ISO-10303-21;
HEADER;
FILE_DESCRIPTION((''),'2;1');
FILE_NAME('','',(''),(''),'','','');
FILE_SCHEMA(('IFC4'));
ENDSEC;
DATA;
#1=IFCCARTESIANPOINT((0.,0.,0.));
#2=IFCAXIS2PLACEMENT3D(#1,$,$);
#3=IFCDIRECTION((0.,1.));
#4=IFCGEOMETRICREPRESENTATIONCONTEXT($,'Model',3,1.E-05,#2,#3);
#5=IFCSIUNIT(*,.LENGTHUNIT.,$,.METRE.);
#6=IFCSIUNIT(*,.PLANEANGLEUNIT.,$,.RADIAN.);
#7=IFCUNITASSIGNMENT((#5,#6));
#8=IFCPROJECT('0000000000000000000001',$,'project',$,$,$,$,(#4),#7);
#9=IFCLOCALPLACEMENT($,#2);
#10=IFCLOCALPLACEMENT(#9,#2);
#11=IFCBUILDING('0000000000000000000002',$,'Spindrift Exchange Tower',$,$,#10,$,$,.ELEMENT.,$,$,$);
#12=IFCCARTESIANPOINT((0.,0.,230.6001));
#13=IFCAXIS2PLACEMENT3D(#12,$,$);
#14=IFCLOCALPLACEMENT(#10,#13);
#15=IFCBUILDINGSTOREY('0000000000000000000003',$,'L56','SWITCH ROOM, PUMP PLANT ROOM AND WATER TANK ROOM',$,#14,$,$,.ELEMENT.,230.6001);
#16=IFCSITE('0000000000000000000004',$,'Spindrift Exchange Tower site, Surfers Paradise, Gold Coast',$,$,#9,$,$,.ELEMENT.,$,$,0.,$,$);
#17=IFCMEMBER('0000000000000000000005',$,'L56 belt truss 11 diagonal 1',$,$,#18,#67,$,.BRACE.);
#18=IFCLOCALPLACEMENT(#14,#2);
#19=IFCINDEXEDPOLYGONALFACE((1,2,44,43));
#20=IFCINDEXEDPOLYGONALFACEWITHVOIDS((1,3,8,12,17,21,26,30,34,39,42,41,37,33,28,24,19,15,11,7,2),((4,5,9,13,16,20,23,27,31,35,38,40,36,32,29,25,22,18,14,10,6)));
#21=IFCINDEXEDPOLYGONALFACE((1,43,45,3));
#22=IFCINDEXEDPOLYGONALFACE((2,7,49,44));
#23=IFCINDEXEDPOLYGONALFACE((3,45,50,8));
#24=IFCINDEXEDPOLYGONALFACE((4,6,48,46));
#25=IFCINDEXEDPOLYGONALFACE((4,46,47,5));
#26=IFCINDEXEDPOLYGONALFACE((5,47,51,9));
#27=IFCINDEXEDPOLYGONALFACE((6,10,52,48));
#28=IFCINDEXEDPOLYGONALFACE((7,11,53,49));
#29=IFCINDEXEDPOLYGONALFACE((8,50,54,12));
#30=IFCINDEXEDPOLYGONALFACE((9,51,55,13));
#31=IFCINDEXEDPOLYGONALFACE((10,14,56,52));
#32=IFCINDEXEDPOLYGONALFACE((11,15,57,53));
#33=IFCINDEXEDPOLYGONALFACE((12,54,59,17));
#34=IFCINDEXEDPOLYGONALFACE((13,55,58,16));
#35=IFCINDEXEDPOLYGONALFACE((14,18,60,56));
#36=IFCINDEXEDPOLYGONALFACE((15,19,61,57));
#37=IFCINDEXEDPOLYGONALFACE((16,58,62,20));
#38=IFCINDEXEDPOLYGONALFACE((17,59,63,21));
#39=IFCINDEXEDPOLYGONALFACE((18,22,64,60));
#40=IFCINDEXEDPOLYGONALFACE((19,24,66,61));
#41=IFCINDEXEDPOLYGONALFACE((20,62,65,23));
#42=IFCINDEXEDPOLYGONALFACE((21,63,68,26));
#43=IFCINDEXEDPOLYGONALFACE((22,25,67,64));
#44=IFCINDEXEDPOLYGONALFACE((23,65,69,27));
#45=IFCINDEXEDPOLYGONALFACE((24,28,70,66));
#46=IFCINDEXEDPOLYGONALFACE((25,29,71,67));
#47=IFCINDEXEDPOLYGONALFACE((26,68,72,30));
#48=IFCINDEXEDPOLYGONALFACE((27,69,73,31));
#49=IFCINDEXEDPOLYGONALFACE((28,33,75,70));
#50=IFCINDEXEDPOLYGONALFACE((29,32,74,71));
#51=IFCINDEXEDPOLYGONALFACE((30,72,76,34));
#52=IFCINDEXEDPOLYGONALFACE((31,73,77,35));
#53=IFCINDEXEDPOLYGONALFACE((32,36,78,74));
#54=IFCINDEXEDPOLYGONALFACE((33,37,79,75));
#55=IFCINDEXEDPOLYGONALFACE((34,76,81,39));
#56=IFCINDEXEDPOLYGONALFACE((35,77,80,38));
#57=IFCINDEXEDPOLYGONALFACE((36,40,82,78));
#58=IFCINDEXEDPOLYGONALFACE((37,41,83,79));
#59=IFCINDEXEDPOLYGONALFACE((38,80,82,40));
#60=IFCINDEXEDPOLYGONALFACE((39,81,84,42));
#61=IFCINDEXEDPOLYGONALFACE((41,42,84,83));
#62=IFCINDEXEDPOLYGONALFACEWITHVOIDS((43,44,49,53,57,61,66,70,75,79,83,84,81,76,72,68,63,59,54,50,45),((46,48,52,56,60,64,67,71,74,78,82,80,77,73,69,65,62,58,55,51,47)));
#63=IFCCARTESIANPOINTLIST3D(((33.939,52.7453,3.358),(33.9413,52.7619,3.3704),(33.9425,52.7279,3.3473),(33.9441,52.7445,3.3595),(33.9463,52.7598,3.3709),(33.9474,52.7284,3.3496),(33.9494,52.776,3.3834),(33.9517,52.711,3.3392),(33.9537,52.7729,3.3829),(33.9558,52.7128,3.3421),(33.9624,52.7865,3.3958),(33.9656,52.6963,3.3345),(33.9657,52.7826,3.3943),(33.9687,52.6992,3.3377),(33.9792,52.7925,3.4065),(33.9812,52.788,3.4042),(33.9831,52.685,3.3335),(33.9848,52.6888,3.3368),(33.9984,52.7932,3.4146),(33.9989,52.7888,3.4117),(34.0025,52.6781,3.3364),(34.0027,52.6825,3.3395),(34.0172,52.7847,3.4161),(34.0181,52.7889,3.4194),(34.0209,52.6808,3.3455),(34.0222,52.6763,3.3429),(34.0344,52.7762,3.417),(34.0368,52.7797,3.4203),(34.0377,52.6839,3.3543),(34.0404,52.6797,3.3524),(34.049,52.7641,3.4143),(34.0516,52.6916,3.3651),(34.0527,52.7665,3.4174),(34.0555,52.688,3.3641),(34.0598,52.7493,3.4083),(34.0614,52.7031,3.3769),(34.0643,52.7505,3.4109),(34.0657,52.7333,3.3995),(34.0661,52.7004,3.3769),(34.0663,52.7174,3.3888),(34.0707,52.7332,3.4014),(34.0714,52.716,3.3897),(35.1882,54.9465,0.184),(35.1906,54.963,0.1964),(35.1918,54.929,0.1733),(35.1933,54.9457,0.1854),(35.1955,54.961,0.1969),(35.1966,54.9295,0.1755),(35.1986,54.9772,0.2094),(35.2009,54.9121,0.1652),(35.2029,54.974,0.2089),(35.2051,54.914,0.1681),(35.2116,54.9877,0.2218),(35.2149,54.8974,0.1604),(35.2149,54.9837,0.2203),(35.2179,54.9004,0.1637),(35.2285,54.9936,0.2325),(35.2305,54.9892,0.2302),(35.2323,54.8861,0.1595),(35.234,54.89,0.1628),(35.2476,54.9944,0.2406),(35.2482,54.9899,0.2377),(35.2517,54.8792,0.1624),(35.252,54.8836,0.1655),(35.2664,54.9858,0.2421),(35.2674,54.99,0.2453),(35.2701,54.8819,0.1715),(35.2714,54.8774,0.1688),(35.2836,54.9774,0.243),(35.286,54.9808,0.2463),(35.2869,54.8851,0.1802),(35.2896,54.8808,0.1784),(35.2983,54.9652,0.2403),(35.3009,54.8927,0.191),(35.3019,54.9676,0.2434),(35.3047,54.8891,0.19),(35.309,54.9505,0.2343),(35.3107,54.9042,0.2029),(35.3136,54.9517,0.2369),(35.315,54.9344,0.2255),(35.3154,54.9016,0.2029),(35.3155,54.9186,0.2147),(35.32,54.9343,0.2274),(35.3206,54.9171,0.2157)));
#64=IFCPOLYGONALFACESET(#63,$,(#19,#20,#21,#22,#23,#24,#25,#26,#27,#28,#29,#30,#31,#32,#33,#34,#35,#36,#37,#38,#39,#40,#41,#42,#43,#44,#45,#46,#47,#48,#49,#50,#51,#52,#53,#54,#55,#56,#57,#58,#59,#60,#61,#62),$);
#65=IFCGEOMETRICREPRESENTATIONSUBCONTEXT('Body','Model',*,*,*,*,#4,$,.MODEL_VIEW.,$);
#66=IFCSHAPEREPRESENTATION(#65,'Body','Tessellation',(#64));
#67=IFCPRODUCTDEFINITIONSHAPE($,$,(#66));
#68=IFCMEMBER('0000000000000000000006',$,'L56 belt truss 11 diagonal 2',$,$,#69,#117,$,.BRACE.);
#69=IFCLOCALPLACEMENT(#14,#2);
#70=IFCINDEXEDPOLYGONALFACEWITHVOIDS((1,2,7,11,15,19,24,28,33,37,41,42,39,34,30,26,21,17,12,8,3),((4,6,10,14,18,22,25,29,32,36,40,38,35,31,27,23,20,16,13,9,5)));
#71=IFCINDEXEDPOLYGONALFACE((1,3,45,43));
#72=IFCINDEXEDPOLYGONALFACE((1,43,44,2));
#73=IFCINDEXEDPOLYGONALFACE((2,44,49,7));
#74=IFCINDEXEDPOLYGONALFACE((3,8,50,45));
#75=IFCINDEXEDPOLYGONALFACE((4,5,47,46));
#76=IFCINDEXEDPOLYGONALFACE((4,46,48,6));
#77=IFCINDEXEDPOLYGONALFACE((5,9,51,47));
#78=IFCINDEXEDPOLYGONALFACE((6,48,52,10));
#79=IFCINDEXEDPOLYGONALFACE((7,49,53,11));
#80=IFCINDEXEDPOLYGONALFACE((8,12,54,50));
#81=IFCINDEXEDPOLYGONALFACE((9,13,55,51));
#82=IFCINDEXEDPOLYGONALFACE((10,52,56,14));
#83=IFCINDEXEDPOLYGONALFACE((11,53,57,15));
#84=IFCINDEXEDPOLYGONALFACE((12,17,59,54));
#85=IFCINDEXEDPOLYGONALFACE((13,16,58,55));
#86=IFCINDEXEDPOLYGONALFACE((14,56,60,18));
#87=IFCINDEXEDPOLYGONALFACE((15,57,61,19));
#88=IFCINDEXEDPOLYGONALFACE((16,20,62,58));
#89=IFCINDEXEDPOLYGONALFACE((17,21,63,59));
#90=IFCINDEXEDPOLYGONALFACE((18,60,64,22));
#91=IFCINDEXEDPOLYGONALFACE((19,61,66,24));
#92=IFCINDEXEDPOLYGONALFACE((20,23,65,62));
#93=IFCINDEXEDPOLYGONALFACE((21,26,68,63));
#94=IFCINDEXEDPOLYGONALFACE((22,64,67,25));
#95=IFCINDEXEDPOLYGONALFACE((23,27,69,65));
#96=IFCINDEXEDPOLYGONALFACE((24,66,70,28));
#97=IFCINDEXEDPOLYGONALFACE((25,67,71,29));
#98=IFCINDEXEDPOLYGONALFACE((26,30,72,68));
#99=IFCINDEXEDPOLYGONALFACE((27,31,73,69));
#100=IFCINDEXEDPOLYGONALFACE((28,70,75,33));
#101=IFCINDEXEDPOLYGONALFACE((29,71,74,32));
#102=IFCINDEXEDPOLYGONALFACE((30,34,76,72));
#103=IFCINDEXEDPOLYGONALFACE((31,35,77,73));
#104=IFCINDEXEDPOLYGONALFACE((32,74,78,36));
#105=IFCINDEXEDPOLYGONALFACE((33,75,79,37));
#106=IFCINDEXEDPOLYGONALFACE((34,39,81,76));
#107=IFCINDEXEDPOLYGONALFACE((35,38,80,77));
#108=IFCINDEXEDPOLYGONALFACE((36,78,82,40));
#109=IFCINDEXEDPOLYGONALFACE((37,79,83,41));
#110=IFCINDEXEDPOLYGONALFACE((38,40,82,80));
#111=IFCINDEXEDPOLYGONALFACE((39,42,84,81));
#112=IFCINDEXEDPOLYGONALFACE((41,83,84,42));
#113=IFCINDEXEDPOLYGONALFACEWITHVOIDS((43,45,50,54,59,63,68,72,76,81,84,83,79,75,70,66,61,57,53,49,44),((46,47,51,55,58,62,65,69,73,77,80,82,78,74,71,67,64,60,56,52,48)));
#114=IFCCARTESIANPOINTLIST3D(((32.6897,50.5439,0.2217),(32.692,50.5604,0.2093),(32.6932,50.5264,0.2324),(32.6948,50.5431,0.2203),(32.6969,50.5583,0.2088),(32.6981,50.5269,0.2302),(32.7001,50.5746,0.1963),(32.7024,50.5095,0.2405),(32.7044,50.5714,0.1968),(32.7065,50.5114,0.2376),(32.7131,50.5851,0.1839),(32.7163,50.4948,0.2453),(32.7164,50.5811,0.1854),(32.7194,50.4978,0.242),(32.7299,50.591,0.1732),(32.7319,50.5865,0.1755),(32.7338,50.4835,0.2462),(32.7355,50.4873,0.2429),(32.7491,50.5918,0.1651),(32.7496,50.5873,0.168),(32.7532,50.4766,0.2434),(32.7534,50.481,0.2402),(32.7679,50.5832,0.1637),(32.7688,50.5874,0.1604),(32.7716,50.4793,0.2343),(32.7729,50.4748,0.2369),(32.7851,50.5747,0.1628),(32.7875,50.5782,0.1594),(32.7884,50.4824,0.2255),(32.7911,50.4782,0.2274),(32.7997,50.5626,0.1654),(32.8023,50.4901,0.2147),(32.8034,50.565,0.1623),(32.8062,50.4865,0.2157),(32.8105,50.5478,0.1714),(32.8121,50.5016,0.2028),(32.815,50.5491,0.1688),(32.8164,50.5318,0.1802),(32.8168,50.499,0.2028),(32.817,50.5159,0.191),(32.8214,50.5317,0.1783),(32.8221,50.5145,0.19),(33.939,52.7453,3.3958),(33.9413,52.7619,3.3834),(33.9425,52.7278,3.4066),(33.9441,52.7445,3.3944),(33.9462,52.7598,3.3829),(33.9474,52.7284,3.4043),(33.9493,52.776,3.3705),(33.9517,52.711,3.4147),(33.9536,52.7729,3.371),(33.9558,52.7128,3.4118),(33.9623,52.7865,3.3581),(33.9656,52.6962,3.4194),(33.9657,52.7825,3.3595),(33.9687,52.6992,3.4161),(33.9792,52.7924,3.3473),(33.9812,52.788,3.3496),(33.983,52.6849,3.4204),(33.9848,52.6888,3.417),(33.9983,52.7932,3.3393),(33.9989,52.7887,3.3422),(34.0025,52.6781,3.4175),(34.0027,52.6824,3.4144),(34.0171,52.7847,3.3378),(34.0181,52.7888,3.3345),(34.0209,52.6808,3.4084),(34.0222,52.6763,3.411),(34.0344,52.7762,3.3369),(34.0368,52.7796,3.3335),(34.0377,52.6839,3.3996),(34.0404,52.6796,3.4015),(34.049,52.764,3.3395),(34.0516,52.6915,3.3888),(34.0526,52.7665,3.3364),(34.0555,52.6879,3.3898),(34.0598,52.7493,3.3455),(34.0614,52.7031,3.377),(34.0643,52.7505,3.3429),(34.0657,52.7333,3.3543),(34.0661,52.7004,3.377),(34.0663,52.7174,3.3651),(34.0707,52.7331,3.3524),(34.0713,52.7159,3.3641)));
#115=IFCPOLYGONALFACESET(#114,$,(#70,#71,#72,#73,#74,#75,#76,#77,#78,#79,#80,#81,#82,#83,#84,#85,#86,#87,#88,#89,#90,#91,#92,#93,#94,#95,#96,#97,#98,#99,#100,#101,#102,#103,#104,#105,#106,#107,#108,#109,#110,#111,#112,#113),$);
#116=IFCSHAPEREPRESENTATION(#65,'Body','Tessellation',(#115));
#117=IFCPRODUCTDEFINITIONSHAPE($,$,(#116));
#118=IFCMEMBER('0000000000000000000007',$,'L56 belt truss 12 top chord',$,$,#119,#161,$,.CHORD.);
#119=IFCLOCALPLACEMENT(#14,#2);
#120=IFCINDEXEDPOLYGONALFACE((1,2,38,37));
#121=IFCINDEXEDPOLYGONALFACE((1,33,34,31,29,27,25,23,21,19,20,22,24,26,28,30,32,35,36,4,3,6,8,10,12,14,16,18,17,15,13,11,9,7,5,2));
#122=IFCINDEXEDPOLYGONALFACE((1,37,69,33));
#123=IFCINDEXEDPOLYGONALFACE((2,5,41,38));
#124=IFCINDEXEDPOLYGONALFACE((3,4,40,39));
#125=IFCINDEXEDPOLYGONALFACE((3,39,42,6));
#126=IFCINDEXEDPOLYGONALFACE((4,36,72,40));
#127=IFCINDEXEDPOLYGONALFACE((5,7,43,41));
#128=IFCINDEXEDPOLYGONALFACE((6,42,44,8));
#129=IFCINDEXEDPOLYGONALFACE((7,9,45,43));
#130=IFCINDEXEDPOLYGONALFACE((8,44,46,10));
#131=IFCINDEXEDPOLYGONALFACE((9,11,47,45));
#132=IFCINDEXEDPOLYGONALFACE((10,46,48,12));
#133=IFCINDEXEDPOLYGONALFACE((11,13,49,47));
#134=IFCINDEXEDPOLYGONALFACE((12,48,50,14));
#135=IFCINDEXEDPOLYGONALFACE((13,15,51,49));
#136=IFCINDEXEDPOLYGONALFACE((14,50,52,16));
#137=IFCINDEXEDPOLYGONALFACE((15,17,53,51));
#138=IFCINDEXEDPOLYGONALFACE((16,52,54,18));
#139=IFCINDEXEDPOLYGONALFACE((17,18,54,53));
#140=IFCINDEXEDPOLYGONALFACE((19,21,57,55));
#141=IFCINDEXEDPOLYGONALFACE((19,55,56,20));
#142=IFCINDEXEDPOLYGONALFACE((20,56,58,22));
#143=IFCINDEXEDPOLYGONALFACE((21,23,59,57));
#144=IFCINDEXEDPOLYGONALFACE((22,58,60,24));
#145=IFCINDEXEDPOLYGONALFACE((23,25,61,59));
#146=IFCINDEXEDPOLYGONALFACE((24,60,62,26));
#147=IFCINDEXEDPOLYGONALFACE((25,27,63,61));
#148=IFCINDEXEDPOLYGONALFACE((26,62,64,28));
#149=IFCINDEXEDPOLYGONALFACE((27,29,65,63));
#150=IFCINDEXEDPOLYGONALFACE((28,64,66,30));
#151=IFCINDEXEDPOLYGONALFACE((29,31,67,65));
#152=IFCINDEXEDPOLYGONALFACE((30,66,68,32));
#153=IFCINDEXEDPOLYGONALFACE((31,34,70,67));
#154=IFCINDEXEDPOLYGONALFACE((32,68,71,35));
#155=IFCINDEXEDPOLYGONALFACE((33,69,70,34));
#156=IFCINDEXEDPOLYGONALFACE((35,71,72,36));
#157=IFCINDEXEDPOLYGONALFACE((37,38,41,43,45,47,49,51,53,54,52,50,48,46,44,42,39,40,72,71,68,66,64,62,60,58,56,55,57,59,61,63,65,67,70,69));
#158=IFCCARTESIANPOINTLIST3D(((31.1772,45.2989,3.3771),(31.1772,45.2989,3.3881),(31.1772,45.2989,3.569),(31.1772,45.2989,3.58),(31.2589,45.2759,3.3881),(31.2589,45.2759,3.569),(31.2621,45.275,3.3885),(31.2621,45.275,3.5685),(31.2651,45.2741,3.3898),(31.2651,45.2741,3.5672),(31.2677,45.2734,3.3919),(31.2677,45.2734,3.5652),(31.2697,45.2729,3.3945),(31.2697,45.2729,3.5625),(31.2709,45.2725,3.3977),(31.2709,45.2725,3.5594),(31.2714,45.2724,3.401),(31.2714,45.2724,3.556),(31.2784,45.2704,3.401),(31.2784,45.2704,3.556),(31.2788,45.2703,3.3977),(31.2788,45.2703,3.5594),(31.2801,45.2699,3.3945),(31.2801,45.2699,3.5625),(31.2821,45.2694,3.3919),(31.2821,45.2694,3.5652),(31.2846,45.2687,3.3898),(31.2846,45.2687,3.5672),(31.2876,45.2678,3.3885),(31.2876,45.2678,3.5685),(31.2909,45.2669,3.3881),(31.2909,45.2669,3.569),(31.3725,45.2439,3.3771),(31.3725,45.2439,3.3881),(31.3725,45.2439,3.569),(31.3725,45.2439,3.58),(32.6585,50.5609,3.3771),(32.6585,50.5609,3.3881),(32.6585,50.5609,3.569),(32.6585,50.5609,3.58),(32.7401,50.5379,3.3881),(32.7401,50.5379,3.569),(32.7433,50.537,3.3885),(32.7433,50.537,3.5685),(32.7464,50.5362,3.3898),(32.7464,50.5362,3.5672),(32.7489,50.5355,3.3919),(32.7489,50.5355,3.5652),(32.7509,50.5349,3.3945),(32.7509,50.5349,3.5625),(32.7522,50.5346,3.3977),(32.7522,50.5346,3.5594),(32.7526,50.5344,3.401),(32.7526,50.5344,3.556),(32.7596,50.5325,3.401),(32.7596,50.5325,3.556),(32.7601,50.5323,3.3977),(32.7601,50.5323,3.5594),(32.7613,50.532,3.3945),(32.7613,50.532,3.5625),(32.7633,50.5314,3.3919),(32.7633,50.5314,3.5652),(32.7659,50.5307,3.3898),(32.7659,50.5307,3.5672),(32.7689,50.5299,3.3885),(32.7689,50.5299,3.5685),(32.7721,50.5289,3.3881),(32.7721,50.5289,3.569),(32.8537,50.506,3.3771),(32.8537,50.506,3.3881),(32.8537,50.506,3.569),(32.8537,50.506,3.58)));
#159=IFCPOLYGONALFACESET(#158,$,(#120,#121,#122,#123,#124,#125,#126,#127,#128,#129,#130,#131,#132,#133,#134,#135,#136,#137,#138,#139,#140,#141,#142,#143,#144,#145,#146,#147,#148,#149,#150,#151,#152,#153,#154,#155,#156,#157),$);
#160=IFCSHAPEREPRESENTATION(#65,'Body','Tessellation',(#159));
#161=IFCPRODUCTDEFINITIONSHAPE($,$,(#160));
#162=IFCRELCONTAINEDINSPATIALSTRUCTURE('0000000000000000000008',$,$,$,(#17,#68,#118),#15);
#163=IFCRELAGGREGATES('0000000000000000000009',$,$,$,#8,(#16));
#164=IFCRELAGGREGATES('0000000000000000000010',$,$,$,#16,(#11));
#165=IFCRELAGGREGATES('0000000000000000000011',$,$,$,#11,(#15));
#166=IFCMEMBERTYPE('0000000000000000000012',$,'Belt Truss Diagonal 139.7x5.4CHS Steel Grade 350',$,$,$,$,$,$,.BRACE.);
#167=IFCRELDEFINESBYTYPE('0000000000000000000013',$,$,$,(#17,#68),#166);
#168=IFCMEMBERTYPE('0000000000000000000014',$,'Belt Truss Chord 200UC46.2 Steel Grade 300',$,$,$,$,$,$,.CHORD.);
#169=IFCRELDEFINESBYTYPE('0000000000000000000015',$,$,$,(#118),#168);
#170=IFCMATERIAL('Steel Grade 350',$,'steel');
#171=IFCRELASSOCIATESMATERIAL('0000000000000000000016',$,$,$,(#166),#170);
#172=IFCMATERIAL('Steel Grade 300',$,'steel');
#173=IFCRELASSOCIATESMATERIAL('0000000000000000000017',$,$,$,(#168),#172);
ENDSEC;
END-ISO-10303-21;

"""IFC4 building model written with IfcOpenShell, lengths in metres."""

from ifc_helpers import new_model, si_unit, direction, frame, origin, origin_2d, place, context, subcontext, project, spatial, hollow_circle, i_section, extrude, source, transform, mapped, material, material_profile, profile_set, type_object, element, save


model = new_model("IFC4")

# Units and contexts
model_context = context("Model", 3, precision=1e-05, world=origin(), true_north=direction((0.0, 1.0)))
body_context = subcontext(model_context, "Body", "Model", "MODEL_VIEW")
ifc_project = project(units=[si_unit("LENGTHUNIT", "METRE"), si_unit("PLANEANGLEUNIT", "RADIAN")], contexts=[model_context])

# Site, building, storey
site_placement = place(None, origin())
site = spatial("IfcSite", under=ifc_project, at=site_placement, Name="Spindrift Exchange Tower site, Surfers Paradise, Gold Coast", CompositionType="ELEMENT", RefElevation=0.0)
building_placement = place(site_placement, origin())
building = spatial("IfcBuilding", under=site, at=building_placement, Name="Spindrift Exchange Tower", CompositionType="ELEMENT")
storey_placement = place(building_placement, frame((0.0, 0.0, 230.6001)))
storey = spatial("IfcBuildingStorey", under=building, at=storey_placement, Name="L56", Description="SWITCH ROOM, PUMP PLANT ROOM AND WATER TANK ROOM", CompositionType="ELEMENT", Elevation=230.6001)

# Shared definitions
ifc_material_1 = material(Name="Steel Grade 300", Category="steel")

# Members
ifc_material_2 = material(Name="Steel Grade 350", Category="steel")
ifc_material_profile_1 = material_profile(ifc_material_2, hollow_circle(Radius=0.0698, WallThickness=0.0054, at=origin_2d()), Name="139.7x5.4CHS")
ifc_profile_set_1 = profile_set([ifc_material_profile_1], Name="Steel Grade 350")
member_type_1 = type_object("IfcMemberType", Name="Belt Truss Diagonal 139.7x5.4CHS Steel Grade 350", PredefinedType="BRACE", material=ifc_profile_set_1)
ifc_material_profile_2 = material_profile(ifc_material_1, i_section(OverallWidth=0.2029, OverallDepth=0.2029, WebThickness=0.0073, FlangeThickness=0.011, FilletRadius=0.0129, at=origin_2d()), Name="200UC46.2")
ifc_profile_set_2 = profile_set([ifc_material_profile_2], Name="Steel Grade 300")
member_type_2 = type_object("IfcMemberType", Name="Belt Truss Chord 200UC46.2 Steel Grade 300", PredefinedType="CHORD", material=ifc_profile_set_2)
shared_shape_1 = source(origin(), body_context, "Body", "SweptSolid", [
    extrude(hollow_circle(Radius=0.0698, WallThickness=0.0054, at=origin_2d()), origin(), (0.0, 0.0, 1.0), 4.0596),
])
member_1_placement = place(storey_placement, frame((35.2546, 54.936, 0.2029), z_axis=(-0.30773, -0.542211, 0.781863), x_axis=(0.869694, -0.493592, 0.0)))
element("IfcMember", 1, at=member_1_placement, inside=storey, type_object=member_type_1, Name="L56 belt truss 11 diagonal 1", PredefinedType="BRACE", context=body_context, shape_type="MappedRepresentation", body=[
    mapped(shared_shape_1, transform((0.0, 0.0, 0.0), scale=1.0)),
])
shared_shape_2 = source(origin(), body_context, "Body", "SweptSolid", [
    extrude(hollow_circle(Radius=0.0698, WallThickness=0.0054, at=origin_2d()), origin(), (0.0, 0.0, 1.0), 4.0598),
])
member_2_placement = place(storey_placement, frame((34.0054, 52.7349, 3.377), z_axis=(-0.30772, -0.542253, -0.781838), x_axis=(0.869717, -0.49355, 0.0)))
element("IfcMember", 2, at=member_2_placement, inside=storey, type_object=member_type_1, Name="L56 belt truss 11 diagonal 2", PredefinedType="BRACE", context=body_context, shape_type="MappedRepresentation", body=[
    mapped(shared_shape_2, transform((0.0, 0.0, 0.0), scale=1.0)),
])
shared_shape_3 = source(origin(), body_context, "Body", "SweptSolid", [
    extrude(i_section(OverallWidth=0.2029, OverallDepth=0.2029, WebThickness=0.0073, FlangeThickness=0.011, FilletRadius=0.0129, at=origin_2d()), origin(), (0.0, 0.0, 1.0), 5.4666),
])
for number, where, z_axis, x_axis, name in (
    (3, (32.7561, 50.5334, 3.4785), (-0.270962, -0.96259, 0.0), (0.96259, -0.270962, 0.0), "L56 belt truss 12 top chord"),
):
    element("IfcMember", number, at=place(storey_placement, frame(where, z_axis=z_axis, x_axis=x_axis)), inside=storey, type_object=member_type_2, Name=name, PredefinedType="CHORD", context=body_context, shape_type="MappedRepresentation", body=[
        mapped(shared_shape_3, transform((0.0, 0.0, 0.0), scale=1.0)),
    ])

save(model, "model.ifc")
